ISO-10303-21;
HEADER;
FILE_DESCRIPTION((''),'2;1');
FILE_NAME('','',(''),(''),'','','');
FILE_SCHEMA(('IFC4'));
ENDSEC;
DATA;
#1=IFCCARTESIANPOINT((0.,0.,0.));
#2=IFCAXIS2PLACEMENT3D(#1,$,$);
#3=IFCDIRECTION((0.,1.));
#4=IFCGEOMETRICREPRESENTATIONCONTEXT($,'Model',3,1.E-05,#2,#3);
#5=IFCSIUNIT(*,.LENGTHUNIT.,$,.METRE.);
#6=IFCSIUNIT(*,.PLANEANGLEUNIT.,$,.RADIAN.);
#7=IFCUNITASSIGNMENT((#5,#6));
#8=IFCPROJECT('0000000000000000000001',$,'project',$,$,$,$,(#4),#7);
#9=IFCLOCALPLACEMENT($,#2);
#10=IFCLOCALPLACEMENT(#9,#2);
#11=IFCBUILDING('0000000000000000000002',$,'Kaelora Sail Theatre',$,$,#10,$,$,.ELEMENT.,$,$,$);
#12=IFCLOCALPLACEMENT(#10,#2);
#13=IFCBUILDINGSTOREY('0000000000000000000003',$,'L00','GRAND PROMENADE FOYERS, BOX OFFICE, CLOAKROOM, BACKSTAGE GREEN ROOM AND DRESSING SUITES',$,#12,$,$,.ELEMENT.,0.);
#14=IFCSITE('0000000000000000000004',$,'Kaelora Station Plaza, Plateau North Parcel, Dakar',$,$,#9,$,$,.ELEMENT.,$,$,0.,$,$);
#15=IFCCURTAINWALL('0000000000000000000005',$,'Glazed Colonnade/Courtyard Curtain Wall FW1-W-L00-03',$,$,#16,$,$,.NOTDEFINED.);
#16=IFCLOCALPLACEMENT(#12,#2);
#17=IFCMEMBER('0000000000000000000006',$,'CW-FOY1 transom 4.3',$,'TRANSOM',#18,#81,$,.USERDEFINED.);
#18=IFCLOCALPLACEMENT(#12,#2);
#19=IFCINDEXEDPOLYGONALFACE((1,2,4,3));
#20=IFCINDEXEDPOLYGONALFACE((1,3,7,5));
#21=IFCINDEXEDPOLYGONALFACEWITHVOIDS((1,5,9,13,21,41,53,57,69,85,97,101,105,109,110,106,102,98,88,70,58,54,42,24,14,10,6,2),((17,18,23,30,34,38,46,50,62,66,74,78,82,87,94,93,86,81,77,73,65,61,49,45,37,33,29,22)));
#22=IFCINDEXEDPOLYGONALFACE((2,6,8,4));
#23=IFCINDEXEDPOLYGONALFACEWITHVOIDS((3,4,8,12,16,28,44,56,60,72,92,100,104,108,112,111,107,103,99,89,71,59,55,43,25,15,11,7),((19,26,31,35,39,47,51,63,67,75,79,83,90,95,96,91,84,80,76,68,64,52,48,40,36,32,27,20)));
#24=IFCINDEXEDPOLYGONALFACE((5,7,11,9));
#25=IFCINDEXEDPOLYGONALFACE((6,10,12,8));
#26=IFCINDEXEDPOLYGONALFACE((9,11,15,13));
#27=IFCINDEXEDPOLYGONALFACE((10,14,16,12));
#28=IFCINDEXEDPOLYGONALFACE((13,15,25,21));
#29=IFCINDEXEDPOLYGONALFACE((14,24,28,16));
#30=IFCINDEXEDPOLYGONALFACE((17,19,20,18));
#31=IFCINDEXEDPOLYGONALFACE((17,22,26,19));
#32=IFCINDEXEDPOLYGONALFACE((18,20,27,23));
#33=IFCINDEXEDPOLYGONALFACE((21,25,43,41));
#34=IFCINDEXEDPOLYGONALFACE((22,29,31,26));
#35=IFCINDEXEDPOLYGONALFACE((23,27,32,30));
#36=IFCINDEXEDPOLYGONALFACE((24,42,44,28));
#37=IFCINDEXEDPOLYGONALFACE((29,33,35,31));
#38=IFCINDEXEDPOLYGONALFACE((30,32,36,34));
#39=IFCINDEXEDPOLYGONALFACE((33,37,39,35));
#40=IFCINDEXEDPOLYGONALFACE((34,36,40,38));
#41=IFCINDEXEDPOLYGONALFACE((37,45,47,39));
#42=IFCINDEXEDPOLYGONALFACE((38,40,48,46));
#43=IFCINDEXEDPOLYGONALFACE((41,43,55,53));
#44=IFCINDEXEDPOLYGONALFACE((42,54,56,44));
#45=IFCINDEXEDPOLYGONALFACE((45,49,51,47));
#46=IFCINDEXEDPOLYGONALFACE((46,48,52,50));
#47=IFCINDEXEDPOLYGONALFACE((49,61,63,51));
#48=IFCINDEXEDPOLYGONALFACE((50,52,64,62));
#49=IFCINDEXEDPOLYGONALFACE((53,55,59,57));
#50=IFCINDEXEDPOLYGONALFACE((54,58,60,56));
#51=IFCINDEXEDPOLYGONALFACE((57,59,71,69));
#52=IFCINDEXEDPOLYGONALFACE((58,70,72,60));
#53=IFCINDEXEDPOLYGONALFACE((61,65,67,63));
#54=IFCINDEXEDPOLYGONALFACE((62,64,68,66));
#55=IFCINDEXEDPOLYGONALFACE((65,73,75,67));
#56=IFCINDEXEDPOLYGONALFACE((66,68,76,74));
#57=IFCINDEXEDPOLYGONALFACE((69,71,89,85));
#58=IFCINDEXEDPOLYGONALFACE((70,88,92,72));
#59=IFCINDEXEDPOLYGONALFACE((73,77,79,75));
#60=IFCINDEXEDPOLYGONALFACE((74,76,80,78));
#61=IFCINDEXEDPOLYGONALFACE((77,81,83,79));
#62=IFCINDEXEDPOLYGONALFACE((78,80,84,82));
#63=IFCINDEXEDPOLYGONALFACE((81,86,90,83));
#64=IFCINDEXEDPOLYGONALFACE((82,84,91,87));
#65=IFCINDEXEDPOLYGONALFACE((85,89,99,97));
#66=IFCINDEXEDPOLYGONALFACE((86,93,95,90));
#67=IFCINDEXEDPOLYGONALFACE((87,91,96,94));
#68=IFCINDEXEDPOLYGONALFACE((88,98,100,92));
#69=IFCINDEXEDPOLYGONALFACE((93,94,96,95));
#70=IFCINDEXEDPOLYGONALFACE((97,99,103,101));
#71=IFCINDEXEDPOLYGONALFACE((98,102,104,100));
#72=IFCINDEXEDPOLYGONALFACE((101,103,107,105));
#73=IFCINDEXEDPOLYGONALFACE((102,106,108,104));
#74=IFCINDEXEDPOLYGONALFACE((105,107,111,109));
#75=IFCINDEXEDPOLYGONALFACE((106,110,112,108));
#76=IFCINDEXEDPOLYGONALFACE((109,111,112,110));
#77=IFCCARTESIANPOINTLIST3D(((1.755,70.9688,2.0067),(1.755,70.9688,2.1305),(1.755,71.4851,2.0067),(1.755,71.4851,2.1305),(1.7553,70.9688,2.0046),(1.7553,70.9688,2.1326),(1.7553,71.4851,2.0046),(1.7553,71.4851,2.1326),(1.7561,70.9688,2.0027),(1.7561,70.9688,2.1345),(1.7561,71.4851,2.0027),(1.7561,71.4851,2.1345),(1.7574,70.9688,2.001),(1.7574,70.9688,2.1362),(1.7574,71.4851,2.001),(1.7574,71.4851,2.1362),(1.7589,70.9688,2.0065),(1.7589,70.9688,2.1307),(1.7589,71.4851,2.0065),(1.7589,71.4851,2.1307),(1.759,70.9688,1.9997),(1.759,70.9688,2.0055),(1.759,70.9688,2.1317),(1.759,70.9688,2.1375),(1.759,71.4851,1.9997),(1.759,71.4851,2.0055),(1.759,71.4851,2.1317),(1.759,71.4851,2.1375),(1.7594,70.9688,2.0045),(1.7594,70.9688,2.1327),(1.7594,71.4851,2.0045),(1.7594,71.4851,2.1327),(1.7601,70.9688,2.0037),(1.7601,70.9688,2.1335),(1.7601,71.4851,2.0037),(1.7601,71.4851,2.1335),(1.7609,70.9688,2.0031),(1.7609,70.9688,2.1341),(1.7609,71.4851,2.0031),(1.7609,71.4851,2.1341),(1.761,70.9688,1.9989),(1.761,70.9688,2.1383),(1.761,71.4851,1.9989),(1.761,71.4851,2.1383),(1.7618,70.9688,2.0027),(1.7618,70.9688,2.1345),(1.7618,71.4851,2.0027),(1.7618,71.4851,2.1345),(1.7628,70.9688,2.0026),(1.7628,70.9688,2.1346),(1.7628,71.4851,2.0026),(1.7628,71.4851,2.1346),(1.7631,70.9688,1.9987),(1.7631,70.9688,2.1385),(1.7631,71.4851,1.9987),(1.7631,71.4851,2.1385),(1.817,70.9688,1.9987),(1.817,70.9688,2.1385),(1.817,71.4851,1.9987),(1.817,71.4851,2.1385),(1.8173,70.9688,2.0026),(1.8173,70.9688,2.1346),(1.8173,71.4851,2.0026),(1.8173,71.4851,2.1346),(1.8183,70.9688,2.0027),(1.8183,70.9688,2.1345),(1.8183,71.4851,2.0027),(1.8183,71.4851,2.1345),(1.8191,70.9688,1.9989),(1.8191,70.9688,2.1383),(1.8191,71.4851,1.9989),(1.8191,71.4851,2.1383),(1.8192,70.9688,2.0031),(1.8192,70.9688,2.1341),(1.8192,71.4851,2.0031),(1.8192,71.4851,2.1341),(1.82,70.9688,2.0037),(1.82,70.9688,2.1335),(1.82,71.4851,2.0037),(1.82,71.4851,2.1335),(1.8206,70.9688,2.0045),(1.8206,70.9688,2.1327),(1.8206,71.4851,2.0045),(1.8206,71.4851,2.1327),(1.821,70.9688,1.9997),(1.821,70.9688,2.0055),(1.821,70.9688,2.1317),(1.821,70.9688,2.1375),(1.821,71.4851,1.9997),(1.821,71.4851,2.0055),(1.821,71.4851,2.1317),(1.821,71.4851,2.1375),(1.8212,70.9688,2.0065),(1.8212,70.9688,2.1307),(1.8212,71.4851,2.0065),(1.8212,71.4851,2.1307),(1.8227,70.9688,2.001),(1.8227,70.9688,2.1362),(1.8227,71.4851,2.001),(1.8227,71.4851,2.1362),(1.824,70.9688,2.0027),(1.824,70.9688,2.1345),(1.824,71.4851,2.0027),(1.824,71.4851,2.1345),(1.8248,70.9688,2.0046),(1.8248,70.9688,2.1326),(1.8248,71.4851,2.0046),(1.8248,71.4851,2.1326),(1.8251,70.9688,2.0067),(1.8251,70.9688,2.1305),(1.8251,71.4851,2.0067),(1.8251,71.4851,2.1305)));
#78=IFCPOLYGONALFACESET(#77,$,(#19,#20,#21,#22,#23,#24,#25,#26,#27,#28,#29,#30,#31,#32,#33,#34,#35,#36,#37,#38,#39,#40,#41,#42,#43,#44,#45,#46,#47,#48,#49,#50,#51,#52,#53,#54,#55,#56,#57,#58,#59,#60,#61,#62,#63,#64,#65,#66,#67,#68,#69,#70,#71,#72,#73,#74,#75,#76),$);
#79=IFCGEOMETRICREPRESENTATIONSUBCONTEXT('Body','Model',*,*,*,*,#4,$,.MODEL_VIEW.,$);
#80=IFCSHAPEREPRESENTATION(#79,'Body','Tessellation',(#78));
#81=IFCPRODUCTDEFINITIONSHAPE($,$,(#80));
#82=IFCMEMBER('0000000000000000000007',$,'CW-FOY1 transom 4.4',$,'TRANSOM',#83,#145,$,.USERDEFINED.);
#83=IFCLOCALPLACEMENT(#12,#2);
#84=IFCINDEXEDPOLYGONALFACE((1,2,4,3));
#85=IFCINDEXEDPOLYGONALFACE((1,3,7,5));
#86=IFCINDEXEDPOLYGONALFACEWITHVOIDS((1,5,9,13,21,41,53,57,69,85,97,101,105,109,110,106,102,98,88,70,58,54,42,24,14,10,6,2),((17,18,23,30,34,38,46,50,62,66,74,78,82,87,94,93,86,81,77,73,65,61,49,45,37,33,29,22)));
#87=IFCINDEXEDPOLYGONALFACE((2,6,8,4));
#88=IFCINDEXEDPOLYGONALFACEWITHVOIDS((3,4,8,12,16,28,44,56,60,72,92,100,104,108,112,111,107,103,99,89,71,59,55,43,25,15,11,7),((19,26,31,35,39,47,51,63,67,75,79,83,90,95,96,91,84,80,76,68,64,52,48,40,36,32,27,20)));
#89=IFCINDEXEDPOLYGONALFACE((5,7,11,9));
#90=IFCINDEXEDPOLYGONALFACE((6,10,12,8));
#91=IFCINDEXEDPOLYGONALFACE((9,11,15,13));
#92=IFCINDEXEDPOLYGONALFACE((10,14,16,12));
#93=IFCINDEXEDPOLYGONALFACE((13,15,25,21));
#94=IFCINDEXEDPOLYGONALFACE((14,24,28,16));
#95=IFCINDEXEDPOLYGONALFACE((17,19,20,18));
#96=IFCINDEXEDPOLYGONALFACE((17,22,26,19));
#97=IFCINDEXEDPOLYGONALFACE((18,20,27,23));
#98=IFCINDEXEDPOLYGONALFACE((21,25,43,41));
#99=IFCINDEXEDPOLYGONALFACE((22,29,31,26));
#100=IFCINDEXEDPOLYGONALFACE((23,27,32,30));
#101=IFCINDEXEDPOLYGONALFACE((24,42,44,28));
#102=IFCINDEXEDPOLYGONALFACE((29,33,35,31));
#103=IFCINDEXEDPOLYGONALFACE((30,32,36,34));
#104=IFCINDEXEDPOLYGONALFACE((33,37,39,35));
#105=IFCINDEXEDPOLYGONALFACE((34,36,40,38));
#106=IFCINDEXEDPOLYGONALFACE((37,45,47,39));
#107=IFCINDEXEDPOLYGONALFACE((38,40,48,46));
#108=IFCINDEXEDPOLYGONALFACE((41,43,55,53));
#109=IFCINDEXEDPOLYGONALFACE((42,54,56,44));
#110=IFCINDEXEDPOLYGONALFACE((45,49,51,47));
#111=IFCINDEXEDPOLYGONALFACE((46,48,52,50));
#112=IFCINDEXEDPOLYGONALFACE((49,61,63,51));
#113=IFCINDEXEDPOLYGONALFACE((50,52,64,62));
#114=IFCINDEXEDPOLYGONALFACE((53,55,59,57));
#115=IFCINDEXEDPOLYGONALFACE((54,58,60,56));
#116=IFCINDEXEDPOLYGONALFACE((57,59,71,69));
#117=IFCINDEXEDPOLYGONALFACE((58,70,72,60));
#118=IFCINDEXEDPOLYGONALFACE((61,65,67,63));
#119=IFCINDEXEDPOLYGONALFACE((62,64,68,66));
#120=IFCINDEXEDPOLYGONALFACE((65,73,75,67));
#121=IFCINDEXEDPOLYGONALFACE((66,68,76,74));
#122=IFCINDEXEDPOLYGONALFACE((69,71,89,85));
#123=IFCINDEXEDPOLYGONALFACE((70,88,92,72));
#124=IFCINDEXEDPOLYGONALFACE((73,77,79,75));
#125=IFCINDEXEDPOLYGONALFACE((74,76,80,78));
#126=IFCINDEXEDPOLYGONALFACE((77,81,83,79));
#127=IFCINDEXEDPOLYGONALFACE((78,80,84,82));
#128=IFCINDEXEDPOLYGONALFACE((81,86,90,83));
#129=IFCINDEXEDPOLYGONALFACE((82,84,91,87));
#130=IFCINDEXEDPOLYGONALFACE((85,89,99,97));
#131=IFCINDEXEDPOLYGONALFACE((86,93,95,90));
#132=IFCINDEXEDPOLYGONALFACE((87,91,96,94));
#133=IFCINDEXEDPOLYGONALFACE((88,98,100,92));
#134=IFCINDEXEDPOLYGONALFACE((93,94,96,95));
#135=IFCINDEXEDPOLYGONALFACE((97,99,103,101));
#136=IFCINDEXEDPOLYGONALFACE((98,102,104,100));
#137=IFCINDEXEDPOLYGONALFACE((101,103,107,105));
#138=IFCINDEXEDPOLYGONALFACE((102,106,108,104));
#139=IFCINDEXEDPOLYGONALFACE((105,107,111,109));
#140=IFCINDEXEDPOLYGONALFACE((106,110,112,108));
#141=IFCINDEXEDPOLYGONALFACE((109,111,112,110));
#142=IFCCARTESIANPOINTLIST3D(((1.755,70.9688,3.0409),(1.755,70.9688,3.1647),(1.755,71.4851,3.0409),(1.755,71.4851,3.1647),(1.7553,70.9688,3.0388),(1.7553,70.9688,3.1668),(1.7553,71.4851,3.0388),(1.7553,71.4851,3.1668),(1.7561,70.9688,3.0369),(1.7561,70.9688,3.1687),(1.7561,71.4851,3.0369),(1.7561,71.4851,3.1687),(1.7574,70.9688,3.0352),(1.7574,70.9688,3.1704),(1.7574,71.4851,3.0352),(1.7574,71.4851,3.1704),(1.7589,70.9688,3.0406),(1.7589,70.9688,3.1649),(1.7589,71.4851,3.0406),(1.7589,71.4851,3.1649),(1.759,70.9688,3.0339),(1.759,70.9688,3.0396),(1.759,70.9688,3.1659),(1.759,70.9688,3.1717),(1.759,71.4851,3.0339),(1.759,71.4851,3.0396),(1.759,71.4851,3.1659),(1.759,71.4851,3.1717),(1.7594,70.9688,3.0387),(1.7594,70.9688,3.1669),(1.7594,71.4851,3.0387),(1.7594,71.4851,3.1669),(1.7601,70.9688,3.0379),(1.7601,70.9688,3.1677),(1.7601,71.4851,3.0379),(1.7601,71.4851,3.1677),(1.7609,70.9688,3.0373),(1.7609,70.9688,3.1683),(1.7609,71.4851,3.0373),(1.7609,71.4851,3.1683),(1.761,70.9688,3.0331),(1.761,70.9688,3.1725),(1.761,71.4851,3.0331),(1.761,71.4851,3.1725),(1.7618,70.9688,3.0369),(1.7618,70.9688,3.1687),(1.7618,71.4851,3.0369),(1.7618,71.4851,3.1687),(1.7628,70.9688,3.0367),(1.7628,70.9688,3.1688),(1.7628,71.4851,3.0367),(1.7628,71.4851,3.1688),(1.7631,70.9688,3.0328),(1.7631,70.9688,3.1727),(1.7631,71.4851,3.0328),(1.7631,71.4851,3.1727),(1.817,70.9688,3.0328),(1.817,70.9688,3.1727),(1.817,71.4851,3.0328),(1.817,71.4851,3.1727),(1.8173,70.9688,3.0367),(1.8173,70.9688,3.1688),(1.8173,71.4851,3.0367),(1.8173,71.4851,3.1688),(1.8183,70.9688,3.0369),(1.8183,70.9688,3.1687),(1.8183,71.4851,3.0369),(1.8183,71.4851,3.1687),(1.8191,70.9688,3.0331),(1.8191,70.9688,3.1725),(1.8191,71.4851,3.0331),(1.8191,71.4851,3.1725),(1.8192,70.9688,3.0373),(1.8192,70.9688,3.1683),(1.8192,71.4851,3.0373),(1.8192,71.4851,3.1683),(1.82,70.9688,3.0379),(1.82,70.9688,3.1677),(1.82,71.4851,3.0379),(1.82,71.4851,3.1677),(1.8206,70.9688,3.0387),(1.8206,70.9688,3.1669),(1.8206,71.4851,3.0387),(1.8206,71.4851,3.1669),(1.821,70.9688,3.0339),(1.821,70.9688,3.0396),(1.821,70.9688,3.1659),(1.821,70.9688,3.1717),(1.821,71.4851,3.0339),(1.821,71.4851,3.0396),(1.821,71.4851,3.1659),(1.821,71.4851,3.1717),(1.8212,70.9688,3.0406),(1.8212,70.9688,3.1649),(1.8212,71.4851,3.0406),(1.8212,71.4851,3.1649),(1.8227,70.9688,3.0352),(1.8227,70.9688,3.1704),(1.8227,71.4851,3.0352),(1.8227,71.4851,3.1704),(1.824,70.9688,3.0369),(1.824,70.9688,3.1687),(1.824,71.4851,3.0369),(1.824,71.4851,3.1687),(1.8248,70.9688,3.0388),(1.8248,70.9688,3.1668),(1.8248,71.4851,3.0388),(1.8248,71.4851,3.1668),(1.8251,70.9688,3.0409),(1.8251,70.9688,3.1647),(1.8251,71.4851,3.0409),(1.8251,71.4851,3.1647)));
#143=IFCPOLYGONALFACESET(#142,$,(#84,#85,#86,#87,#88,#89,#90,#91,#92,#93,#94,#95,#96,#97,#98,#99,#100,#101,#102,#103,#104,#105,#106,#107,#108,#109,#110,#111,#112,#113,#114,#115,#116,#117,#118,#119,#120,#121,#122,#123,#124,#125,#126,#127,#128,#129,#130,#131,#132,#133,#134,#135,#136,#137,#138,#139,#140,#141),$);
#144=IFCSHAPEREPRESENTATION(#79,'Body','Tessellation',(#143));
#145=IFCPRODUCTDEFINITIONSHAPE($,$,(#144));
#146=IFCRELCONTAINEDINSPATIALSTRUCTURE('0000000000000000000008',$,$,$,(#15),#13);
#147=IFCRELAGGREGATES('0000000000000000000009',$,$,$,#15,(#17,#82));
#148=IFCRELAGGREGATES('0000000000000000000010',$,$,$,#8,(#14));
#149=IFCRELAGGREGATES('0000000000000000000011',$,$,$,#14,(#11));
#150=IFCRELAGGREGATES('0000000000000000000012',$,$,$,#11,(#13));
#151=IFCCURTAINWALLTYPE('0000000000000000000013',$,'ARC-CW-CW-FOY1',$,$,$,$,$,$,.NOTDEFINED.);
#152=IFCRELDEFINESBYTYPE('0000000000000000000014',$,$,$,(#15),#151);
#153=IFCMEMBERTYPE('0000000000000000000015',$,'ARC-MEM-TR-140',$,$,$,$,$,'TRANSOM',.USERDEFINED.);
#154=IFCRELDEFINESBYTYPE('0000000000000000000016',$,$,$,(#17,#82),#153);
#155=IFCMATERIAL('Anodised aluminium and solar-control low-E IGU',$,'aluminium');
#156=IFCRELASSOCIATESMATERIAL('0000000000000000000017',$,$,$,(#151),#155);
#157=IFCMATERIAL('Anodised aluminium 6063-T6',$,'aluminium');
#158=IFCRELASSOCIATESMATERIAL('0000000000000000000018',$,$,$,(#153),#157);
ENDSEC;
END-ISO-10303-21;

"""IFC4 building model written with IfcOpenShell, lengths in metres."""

from ifc_helpers import new_model, si_unit, direction, frame, origin, origin_2d, place, context, subcontext, project, spatial, hollow_rectangle, extrude, material, material_profile, profile_set, type_object, element, aggregate, save


model = new_model("IFC4")

# Units and contexts
model_context = context("Model", 3, precision=1e-05, world=origin(), true_north=direction((0.0, 1.0)))
body_context = subcontext(model_context, "Body", "Model", "MODEL_VIEW")
ifc_project = project(units=[si_unit("LENGTHUNIT", "METRE"), si_unit("PLANEANGLEUNIT", "RADIAN")], contexts=[model_context])

# Site, building, storey
site_placement = place(None, origin())
site = spatial("IfcSite", under=ifc_project, at=site_placement, Name="Kaelora Station Plaza, Plateau North Parcel, Dakar", CompositionType="ELEMENT", RefElevation=0.0)
building_placement = place(site_placement, origin())
building = spatial("IfcBuilding", under=site, at=building_placement, Name="Kaelora Sail Theatre", CompositionType="ELEMENT")
storey_placement = place(building_placement, origin())
storey = spatial("IfcBuildingStorey", under=building, at=storey_placement, Name="L00", Description="GRAND PROMENADE FOYERS, BOX OFFICE, CLOAKROOM, BACKSTAGE GREEN ROOM AND DRESSING SUITES", CompositionType="ELEMENT", Elevation=0.0)

# Curtain wall, members
ifc_material_1 = material(Name="Anodised aluminium and solar-control low-E IGU", Category="aluminium")
curtain_wall_type = type_object("IfcCurtainWallType", Name="ARC-CW-CW-FOY1", PredefinedType="NOTDEFINED", material=ifc_material_1)
curtain_wall_1_placement = place(storey_placement, origin())
curtain_wall_1 = element("IfcCurtainWall", 1, at=curtain_wall_1_placement, inside=storey, type_object=curtain_wall_type, Name="Glazed Colonnade/Courtyard Curtain Wall FW1-W-L00-03", PredefinedType="NOTDEFINED")
ifc_material_2 = material(Name="Anodised aluminium 6063-T6", Category="aluminium")
ifc_material_profile = material_profile(ifc_material_2, hollow_rectangle(XDim=0.0701, YDim=0.1399, WallThickness=0.0039, InnerFilletRadius=0.0039, OuterFilletRadius=0.0081, at=origin_2d()), Name="ALU-TRAN 70x140x4")
ifc_profile_set = profile_set([ifc_material_profile], Name="Anodised aluminium 6063-T6")
member_type = type_object("IfcMemberType", Name="ARC-MEM-TR-140", ElementType="TRANSOM", PredefinedType="USERDEFINED", material=ifc_profile_set)
member_1_placement = place(storey_placement, frame((1.79, 70.9688, 2.0686), z_axis=(0.0, 1.0, 0.0), x_axis=(-1.0, 0.0, 0.0)))
member_1 = element("IfcMember", 2, at=member_1_placement, type_object=member_type, Name="CW-FOY1 transom 4.3", ObjectType="TRANSOM", PredefinedType="USERDEFINED", context=body_context, shape_type="SweptSolid", body=[
    extrude(hollow_rectangle(XDim=0.0701, YDim=0.1399, WallThickness=0.0039, InnerFilletRadius=0.0039, OuterFilletRadius=0.0081, at=origin_2d()), origin(), (0.0, 0.0, 1.0), 0.5164),
])
member_2_placement = place(storey_placement, frame((1.79, 70.9688, 3.1028), z_axis=(0.0, 1.0, 0.0), x_axis=(-1.0, 0.0, 0.0)))
member_2 = element("IfcMember", 3, at=member_2_placement, type_object=member_type, Name="CW-FOY1 transom 4.4", ObjectType="TRANSOM", PredefinedType="USERDEFINED", context=body_context, shape_type="SweptSolid", body=[
    extrude(hollow_rectangle(XDim=0.0701, YDim=0.1399, WallThickness=0.0039, InnerFilletRadius=0.0039, OuterFilletRadius=0.0081, at=origin_2d()), origin(), (0.0, 0.0, 1.0), 0.5164),
])

aggregate(curtain_wall_1, [member_1, member_2])

save(model, "model.ifc")
